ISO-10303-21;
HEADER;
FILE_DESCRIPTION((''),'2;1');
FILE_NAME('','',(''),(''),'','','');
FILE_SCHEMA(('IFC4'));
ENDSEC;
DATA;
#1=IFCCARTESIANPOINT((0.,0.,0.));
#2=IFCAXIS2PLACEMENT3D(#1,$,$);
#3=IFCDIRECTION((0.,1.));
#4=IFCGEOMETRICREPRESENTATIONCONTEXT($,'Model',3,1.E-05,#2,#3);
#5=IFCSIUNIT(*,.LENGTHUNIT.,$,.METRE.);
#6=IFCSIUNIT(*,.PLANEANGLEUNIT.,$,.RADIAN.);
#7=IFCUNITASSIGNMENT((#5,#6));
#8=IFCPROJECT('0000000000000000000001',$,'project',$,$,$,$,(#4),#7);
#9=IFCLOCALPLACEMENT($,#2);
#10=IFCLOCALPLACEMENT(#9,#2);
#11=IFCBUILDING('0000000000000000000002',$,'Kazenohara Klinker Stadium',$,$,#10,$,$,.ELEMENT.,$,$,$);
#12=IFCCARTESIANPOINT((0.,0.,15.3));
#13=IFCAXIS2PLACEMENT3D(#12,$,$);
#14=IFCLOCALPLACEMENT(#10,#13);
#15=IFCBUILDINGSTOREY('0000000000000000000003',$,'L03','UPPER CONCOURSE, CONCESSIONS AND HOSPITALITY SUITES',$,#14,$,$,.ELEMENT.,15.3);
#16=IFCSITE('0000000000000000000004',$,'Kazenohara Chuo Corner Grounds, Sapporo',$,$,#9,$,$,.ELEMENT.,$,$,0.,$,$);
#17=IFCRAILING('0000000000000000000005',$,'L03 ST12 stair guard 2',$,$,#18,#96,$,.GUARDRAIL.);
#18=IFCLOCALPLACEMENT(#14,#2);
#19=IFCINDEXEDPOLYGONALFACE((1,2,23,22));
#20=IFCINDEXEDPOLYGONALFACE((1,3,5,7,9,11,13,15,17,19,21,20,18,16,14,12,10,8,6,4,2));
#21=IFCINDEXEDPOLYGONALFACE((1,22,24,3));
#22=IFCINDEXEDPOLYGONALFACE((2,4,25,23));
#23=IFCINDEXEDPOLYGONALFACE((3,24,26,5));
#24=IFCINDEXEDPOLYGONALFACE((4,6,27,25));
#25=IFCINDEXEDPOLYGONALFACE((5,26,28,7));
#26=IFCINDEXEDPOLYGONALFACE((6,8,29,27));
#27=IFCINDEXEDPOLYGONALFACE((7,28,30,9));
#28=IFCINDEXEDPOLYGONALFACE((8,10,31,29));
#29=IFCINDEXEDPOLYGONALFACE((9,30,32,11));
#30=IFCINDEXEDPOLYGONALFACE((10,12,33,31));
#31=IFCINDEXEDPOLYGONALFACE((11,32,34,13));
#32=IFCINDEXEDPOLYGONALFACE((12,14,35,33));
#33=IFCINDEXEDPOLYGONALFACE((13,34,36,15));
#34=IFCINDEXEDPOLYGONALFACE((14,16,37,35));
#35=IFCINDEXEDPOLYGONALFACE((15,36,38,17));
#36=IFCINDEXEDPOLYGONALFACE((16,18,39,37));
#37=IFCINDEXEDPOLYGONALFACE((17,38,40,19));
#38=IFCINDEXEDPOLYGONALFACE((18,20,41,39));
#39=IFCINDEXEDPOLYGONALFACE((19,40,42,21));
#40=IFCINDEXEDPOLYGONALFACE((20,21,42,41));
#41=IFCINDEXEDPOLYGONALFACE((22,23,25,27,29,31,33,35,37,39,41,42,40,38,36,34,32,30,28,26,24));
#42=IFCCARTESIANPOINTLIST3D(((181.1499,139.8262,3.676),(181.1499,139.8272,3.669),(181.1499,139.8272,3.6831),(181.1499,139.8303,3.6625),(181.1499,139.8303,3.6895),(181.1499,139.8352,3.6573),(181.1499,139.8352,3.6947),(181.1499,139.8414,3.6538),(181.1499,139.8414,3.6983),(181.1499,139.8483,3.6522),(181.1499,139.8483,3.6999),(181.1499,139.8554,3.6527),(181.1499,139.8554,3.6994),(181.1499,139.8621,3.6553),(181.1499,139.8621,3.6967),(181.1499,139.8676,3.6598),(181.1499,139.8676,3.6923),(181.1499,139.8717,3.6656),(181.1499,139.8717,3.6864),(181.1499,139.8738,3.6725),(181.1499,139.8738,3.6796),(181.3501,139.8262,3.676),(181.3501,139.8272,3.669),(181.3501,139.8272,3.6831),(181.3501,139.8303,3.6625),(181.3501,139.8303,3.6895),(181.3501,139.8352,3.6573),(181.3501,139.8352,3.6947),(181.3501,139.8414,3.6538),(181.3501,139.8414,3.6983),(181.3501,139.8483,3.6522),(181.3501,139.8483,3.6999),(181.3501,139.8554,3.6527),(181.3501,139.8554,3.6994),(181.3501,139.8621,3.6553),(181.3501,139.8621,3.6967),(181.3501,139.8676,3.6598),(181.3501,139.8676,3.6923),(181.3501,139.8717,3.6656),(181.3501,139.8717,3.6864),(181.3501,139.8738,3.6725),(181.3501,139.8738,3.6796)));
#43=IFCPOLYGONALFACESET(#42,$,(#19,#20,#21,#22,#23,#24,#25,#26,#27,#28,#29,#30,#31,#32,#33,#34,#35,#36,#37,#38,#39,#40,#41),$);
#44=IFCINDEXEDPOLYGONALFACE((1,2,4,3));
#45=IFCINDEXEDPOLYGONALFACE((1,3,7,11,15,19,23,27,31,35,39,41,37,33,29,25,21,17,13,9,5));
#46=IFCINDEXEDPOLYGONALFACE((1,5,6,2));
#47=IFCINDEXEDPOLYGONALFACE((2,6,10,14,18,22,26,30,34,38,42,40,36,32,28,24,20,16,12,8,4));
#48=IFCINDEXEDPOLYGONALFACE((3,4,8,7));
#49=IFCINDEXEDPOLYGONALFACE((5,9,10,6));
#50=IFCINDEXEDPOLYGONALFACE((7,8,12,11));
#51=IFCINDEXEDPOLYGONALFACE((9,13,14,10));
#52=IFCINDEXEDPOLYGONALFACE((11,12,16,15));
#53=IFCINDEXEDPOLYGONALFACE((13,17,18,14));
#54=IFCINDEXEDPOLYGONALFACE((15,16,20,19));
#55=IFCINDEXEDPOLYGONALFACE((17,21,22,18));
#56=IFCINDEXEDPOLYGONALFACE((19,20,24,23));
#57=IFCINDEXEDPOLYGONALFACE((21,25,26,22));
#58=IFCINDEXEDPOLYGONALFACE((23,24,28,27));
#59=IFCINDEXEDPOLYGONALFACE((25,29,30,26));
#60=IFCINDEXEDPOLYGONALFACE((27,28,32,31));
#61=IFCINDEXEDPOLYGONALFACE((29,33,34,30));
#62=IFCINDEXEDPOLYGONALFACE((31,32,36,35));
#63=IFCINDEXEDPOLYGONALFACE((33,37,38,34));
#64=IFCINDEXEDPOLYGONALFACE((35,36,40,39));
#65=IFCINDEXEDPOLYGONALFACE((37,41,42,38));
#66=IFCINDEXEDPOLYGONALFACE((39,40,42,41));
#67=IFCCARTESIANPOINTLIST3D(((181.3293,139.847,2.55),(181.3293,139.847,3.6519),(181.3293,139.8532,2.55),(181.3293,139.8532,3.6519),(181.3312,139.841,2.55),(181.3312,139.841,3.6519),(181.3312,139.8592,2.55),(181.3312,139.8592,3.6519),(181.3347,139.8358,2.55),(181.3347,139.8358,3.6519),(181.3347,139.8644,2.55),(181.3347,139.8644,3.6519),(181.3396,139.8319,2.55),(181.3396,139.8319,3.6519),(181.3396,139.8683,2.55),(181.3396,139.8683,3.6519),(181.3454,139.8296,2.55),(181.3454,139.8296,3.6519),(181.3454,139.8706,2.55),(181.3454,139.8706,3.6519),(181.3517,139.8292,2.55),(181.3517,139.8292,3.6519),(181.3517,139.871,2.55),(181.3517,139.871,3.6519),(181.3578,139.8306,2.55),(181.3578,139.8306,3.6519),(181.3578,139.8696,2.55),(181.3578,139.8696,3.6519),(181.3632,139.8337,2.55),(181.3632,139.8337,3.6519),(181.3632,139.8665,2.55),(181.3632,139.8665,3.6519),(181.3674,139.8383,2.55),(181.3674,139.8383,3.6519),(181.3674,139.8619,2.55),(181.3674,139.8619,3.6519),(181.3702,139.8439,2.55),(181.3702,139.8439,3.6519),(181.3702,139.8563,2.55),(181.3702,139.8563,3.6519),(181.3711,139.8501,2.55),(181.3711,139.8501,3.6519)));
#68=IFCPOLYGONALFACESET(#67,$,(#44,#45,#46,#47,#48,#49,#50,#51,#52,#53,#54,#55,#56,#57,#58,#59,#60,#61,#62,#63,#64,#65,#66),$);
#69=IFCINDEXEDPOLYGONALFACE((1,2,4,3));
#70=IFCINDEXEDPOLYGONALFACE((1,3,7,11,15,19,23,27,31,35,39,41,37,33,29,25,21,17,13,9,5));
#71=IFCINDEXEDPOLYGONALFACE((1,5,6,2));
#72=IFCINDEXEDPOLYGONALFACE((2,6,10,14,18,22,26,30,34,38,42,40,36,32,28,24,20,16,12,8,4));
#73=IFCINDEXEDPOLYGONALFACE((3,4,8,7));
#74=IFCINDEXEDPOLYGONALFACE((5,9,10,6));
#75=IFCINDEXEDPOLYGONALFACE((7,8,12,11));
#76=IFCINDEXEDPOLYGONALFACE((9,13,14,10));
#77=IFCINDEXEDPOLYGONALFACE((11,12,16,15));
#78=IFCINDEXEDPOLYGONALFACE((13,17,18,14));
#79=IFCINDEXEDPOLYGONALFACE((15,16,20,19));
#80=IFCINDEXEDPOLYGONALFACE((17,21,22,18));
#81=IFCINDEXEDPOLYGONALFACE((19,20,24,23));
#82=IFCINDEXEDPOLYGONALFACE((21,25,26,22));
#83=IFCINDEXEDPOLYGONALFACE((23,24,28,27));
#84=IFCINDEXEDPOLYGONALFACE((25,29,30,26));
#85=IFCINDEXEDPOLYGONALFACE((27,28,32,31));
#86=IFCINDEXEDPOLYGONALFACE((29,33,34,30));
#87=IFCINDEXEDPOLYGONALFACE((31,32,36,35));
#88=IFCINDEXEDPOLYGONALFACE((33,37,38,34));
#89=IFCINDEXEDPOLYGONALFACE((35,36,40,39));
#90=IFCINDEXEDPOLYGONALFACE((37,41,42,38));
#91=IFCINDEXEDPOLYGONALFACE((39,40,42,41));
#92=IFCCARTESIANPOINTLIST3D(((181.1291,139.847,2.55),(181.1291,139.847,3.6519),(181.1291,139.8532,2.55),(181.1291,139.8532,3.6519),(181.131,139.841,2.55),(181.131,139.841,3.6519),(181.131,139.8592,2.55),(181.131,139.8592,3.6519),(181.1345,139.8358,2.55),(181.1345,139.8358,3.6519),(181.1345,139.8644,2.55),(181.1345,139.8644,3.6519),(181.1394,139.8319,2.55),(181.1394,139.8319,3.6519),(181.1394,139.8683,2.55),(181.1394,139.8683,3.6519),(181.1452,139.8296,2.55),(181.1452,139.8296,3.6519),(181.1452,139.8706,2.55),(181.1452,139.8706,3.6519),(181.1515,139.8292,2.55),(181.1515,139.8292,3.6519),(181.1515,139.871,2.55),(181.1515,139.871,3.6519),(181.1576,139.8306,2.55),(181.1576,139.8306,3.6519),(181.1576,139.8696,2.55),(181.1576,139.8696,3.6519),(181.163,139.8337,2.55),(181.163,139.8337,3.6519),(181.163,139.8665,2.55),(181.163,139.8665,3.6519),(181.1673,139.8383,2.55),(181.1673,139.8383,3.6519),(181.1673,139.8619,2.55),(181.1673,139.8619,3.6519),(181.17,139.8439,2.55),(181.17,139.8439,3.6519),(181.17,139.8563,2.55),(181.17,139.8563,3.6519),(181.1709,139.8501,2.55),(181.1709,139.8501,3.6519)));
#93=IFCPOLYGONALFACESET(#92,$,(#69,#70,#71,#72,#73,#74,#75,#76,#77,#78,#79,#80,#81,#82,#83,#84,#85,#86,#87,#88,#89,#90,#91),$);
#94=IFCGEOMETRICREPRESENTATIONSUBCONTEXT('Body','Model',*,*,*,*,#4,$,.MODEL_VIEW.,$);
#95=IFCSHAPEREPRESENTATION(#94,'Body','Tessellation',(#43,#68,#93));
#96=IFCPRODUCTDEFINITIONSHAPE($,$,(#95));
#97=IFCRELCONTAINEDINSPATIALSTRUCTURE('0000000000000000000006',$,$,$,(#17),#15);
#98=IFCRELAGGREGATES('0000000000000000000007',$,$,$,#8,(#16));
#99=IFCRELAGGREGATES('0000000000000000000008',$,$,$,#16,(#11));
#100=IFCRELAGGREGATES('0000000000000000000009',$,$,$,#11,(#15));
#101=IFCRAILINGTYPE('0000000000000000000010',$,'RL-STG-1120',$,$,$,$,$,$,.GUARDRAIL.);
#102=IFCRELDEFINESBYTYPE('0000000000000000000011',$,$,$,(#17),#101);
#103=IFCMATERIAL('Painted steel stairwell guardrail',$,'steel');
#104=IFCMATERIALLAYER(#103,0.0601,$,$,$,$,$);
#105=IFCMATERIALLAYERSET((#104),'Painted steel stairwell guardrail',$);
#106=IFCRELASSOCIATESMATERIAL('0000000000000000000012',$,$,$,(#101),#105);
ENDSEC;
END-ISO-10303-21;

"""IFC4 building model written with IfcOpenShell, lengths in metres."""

from ifc_helpers import new_model, si_unit, direction, frame, origin, origin_2d, place, context, subcontext, project, spatial, circle, extrude, material, layer, layer_set, type_object, element, save


model = new_model("IFC4")

# Units and contexts
model_context = context("Model", 3, precision=1e-05, world=origin(), true_north=direction((0.0, 1.0)))
body_context = subcontext(model_context, "Body", "Model", "MODEL_VIEW")
ifc_project = project(units=[si_unit("LENGTHUNIT", "METRE"), si_unit("PLANEANGLEUNIT", "RADIAN")], contexts=[model_context])

# Site, building, storey
site_placement = place(None, origin())
site = spatial("IfcSite", under=ifc_project, at=site_placement, Name="Kazenohara Chuo Corner Grounds, Sapporo", CompositionType="ELEMENT", RefElevation=0.0)
building_placement = place(site_placement, origin())
building = spatial("IfcBuilding", under=site, at=building_placement, Name="Kazenohara Klinker Stadium", CompositionType="ELEMENT")
storey_placement = place(building_placement, frame((0.0, 0.0, 15.3)))
storey = spatial("IfcBuildingStorey", under=building, at=storey_placement, Name="L03", Description="UPPER CONCOURSE, CONCESSIONS AND HOSPITALITY SUITES", CompositionType="ELEMENT", Elevation=15.3)

# Railing
ifc_material_1 = material(Name="Painted steel stairwell guardrail", Category="steel")
ifc_layer_1 = layer(ifc_material_1, 0.0601)
ifc_layer_set_1 = layer_set([ifc_layer_1], Name="Painted steel stairwell guardrail")
railing_type_1 = type_object("IfcRailingType", Name="RL-STG-1120", PredefinedType="GUARDRAIL", material=ifc_layer_set_1)
railing_1_placement = place(storey_placement, frame((181.3501, 139.8501, 2.55)))
element("IfcRailing", 1, at=railing_1_placement, inside=storey, type_object=railing_type_1, Name="L03 ST12 stair guard 2", PredefinedType="GUARDRAIL", context=body_context, shape_type="SweptSolid", body=[
    extrude(circle(Radius=0.0239, at=origin_2d()), frame((0.0, 0.0, 1.126), z_axis=(-1.0, 0.0, 0.0), x_axis=(0.0, -1.0, 0.0)), (0.0, 0.0, 1.0), 0.2002),
    extrude(circle(Radius=0.021, at=origin_2d()), origin(), (0.0, 0.0, 1.0), 1.1018),
    extrude(circle(Radius=0.021, at=origin_2d()), frame((-0.2002, 0.0, 0.0)), (0.0, 0.0, 1.0), 1.1018),
])

save(model, "model.ifc")
